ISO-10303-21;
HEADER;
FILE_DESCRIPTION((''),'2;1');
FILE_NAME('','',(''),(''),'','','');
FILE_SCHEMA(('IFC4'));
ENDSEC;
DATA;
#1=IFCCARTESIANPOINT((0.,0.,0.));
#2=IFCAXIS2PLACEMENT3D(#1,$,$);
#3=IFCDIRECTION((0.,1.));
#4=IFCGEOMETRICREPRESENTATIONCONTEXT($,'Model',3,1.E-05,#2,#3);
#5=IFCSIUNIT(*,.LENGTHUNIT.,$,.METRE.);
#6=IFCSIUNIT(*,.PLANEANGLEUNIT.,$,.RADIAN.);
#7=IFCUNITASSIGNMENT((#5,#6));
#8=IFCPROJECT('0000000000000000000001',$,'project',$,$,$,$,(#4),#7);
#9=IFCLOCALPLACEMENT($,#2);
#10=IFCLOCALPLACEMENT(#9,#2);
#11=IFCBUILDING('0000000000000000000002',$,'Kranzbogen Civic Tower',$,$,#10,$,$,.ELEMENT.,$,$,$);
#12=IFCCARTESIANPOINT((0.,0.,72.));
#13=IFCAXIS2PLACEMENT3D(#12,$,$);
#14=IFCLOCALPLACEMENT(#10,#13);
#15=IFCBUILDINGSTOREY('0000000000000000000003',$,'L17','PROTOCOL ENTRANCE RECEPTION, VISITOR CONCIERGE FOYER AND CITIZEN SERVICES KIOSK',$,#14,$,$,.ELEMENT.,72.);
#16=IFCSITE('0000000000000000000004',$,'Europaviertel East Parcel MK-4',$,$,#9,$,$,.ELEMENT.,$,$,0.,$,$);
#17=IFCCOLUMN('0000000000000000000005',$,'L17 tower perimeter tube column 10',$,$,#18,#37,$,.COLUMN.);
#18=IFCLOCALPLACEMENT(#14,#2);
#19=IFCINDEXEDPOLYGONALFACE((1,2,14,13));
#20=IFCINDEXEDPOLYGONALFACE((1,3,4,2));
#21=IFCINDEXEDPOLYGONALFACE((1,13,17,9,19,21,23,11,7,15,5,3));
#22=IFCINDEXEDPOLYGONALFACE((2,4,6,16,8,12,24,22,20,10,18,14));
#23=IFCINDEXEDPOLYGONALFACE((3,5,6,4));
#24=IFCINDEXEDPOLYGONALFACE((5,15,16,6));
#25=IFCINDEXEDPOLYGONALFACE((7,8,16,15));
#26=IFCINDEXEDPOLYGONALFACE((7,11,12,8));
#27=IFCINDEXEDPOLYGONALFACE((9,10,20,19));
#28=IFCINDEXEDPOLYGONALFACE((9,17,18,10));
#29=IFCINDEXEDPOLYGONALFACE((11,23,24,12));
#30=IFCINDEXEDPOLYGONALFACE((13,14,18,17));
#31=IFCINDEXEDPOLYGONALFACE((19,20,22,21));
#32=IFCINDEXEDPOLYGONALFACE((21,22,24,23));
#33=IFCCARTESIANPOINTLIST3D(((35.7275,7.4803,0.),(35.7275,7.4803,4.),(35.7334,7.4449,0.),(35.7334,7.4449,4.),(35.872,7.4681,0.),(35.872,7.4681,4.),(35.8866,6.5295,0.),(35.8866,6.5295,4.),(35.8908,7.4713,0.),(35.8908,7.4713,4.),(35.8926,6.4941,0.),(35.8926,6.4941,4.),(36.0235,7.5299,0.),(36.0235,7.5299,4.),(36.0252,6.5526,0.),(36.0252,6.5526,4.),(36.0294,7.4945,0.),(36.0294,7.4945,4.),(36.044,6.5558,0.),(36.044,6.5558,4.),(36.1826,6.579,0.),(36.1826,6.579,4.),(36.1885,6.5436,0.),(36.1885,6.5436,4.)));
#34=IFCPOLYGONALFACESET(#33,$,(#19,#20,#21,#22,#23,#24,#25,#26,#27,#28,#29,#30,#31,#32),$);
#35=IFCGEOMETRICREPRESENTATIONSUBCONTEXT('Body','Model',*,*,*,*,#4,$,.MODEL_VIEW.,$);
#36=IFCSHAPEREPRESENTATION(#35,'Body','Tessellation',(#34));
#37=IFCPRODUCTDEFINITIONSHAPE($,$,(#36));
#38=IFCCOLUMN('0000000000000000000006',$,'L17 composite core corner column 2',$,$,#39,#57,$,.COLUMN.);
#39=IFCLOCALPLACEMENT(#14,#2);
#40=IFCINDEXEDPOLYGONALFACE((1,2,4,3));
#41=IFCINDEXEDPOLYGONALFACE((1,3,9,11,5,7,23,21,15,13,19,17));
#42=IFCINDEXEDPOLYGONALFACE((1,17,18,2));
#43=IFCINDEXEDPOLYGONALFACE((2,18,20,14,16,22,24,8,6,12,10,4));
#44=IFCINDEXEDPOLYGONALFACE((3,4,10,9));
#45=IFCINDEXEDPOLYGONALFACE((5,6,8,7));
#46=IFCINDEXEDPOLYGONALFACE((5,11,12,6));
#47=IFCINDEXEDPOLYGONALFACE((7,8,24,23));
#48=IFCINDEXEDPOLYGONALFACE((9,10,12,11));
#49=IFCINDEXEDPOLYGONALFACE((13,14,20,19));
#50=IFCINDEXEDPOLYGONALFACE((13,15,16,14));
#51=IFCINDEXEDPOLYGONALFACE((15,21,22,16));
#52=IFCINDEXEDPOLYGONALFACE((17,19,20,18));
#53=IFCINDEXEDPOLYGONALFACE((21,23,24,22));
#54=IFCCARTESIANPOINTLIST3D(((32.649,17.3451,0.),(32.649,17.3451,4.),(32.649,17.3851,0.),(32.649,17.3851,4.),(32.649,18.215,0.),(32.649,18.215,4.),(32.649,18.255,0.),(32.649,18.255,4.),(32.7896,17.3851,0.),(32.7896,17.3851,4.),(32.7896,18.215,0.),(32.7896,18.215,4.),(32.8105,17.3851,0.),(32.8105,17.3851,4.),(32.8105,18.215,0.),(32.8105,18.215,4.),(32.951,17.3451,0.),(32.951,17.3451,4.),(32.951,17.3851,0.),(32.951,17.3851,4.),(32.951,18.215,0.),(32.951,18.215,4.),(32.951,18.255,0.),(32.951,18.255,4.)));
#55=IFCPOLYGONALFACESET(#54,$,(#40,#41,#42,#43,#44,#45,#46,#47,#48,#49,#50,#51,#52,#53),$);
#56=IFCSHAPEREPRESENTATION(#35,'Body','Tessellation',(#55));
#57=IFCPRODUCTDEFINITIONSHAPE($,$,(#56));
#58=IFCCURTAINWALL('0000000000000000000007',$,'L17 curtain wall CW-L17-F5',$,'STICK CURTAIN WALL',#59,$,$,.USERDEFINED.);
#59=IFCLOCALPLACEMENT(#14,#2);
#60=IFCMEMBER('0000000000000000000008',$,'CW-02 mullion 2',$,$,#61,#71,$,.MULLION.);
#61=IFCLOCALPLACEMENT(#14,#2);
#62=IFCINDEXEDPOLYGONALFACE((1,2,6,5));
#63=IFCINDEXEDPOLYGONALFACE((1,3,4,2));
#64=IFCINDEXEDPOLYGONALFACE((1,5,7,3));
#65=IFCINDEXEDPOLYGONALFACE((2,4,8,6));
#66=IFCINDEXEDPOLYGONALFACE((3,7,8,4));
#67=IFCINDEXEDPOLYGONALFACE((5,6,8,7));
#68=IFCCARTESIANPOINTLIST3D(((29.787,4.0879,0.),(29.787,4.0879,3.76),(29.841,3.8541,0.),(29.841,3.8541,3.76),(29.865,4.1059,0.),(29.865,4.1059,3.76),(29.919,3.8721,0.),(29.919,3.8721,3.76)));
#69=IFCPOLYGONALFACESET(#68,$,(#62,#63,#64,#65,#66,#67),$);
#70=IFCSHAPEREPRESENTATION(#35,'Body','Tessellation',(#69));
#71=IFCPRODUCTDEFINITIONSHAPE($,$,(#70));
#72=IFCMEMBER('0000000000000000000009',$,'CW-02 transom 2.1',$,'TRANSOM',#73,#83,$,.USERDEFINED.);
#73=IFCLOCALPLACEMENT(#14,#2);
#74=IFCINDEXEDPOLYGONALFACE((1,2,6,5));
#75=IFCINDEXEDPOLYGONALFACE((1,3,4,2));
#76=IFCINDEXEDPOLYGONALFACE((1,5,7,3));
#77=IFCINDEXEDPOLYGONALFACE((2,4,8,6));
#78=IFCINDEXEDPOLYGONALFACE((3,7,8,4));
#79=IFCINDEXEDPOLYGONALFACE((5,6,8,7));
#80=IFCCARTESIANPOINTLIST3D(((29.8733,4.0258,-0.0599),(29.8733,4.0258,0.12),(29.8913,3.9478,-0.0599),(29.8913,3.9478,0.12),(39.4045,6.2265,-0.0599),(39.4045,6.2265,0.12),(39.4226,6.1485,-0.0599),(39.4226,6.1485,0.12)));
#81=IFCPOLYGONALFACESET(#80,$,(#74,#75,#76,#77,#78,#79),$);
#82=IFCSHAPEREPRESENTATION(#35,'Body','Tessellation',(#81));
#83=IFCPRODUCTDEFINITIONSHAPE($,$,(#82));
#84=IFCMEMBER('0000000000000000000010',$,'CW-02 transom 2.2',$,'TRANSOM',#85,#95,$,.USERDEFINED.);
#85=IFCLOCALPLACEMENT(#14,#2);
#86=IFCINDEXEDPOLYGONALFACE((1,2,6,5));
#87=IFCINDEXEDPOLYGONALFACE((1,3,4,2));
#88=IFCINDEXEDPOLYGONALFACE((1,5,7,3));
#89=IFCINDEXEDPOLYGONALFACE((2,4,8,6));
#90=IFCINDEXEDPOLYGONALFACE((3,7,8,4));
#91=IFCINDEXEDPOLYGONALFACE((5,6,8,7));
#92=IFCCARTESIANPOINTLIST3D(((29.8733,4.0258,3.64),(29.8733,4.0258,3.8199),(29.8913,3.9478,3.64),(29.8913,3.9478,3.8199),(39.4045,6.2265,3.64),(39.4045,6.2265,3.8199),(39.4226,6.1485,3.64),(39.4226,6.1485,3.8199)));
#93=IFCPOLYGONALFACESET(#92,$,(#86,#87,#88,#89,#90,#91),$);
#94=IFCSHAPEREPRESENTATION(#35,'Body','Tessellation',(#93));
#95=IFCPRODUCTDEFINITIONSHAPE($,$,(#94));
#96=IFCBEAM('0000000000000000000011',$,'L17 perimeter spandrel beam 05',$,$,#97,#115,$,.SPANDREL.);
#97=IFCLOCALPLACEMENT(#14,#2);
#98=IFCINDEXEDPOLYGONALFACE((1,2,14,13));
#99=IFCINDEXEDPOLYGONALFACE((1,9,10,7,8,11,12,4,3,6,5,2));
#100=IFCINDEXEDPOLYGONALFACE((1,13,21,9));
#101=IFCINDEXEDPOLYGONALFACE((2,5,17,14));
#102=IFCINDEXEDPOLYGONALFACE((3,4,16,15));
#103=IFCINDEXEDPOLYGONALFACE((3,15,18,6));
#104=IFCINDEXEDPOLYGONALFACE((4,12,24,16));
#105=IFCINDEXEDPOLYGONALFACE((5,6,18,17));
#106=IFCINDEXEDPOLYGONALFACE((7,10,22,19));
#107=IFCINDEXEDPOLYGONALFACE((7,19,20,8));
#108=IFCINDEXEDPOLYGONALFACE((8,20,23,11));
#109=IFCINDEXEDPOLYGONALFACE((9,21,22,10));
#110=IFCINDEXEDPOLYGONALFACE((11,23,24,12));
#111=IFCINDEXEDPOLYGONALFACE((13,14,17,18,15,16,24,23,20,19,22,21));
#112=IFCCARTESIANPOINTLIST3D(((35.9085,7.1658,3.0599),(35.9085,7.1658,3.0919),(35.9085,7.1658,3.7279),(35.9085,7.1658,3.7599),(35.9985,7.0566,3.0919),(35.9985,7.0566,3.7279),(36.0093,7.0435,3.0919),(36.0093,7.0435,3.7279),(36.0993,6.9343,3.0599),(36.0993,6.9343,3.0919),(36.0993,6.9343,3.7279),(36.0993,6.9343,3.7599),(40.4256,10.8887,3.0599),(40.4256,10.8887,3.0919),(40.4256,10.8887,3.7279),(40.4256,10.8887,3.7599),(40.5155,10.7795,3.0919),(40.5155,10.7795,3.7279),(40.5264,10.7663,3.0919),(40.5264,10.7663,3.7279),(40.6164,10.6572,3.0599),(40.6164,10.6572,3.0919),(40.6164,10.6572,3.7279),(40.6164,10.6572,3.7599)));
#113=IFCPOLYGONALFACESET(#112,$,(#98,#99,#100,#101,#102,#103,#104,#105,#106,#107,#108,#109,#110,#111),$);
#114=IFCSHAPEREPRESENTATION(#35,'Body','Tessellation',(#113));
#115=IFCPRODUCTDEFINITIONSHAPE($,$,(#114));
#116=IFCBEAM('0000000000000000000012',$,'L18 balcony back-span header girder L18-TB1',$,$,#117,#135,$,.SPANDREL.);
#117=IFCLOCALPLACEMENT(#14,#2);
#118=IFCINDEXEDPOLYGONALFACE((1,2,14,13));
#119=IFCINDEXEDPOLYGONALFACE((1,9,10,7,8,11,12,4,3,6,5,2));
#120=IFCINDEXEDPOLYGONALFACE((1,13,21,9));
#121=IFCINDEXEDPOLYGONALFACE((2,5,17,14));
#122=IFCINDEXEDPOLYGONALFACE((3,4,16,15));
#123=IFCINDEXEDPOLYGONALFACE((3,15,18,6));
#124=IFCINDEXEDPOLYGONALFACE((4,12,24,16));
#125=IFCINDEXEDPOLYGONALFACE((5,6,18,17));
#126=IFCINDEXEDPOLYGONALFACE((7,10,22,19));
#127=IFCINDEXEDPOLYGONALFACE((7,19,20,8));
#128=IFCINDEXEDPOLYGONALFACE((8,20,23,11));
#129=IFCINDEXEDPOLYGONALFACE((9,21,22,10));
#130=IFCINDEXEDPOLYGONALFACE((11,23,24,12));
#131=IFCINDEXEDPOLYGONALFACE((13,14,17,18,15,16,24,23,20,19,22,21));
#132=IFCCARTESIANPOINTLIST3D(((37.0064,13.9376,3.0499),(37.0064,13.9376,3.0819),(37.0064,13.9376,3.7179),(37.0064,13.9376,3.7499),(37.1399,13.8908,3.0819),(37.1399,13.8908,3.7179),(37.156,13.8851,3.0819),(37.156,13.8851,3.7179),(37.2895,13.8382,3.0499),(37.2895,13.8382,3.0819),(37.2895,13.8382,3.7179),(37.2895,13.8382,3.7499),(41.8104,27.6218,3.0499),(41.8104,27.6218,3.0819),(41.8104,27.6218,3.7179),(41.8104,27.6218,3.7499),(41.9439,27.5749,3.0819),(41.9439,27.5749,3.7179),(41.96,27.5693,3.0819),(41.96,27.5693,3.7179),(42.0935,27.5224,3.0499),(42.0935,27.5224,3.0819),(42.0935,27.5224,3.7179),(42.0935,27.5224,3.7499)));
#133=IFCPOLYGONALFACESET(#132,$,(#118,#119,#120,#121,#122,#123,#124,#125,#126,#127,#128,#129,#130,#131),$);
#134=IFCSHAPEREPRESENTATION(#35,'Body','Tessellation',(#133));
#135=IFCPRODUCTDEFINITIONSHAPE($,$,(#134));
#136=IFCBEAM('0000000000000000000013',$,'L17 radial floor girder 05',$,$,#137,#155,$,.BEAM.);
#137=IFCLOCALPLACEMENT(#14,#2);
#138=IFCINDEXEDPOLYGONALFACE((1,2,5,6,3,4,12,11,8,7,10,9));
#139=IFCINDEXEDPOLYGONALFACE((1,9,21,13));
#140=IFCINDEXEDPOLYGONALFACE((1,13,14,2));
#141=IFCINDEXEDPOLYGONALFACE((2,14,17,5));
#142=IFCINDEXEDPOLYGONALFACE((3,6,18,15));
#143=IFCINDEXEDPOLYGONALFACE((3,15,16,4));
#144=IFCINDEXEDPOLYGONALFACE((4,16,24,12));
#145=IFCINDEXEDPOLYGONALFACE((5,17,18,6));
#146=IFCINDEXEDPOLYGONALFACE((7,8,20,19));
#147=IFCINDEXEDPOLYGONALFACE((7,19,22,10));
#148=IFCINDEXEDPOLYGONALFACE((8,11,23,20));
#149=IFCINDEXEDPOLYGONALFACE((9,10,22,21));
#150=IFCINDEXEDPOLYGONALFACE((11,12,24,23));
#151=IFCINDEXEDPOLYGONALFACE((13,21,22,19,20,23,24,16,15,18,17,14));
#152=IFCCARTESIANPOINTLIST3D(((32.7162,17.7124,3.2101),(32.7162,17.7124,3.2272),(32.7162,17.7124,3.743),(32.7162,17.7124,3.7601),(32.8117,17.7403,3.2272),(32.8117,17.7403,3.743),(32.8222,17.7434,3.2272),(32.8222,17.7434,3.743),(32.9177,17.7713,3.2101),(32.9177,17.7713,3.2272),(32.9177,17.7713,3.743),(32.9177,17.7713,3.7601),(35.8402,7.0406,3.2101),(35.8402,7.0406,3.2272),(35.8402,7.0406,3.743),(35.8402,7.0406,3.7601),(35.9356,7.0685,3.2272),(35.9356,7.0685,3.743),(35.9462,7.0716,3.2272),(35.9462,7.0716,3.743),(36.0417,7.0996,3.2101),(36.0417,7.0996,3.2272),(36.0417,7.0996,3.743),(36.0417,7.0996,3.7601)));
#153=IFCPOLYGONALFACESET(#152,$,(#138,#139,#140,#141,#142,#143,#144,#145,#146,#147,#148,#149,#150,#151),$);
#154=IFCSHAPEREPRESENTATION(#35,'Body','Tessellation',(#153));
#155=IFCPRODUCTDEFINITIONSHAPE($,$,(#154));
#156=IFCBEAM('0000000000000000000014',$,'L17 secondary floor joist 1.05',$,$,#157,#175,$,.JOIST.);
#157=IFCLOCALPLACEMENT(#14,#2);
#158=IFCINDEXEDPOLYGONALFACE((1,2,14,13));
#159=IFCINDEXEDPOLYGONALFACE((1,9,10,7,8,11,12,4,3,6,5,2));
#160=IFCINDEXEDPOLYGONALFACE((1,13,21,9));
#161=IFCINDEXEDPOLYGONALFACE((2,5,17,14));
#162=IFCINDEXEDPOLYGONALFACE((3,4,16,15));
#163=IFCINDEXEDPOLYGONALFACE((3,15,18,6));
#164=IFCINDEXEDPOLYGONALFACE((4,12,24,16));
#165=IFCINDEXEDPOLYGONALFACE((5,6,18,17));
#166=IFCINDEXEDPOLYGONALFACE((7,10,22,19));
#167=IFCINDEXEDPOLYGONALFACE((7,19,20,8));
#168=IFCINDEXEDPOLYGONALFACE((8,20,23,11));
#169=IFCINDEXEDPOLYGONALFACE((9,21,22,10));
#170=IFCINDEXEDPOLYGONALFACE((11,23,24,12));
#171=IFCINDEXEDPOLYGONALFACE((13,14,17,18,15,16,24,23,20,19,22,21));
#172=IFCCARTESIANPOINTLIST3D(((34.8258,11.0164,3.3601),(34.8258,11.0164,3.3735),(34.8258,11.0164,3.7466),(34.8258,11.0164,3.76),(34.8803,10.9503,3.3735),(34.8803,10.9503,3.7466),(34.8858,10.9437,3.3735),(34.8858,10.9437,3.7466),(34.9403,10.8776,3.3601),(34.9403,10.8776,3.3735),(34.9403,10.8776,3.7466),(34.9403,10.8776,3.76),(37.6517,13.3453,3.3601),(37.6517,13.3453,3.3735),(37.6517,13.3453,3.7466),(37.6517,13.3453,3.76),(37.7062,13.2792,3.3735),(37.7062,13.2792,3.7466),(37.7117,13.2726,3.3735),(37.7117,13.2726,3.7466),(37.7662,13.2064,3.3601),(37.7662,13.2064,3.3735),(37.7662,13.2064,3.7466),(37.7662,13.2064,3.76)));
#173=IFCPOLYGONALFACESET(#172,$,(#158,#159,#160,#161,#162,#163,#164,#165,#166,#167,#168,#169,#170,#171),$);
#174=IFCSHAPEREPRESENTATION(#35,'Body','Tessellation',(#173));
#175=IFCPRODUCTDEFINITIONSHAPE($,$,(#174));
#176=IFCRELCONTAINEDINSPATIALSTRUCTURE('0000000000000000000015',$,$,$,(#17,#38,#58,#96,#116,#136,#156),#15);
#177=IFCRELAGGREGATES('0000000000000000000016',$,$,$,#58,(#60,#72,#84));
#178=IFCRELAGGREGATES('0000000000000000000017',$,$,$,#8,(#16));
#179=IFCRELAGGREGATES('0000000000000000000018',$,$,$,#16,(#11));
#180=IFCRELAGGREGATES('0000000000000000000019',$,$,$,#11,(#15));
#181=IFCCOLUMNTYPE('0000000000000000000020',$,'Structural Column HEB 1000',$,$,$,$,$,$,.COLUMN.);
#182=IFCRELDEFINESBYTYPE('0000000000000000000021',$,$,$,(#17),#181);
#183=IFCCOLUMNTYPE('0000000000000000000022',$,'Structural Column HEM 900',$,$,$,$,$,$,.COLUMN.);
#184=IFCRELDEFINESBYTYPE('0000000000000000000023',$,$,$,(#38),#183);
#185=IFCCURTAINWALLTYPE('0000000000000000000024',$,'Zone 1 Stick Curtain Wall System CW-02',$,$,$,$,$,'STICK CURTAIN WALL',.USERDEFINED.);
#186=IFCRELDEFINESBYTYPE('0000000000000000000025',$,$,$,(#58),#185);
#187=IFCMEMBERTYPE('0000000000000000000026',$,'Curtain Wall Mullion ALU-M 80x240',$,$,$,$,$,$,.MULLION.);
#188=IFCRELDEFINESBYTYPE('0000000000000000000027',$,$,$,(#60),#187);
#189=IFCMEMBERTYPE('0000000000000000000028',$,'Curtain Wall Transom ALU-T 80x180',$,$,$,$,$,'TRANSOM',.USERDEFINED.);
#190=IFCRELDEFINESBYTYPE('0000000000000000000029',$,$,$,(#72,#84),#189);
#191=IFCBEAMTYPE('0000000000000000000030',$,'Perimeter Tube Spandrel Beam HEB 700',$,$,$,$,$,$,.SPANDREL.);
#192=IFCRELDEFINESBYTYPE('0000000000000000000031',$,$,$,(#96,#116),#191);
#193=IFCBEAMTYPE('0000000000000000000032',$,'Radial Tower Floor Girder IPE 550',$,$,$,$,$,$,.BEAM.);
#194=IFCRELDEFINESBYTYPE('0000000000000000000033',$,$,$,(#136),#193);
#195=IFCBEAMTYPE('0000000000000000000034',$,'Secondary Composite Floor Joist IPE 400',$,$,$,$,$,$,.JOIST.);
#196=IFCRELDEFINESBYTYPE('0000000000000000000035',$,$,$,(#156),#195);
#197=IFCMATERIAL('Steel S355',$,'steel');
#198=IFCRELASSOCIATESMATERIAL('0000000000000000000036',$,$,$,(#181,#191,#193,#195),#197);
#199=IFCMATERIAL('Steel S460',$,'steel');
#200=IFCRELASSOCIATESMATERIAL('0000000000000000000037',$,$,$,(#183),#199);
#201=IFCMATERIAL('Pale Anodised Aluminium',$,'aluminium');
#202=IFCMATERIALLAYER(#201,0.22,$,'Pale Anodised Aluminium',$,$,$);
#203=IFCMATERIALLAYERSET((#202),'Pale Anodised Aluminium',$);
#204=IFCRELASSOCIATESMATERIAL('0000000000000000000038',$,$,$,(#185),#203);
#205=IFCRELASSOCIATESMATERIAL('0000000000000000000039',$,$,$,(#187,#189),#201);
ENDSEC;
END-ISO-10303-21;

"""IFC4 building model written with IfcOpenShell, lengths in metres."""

from ifc_helpers import new_model, si_unit, direction, frame, origin, origin_2d, place, context, subcontext, project, spatial, rectangle, i_section, extrude, material, layer, layer_set, material_profile, profile_set, type_object, element, aggregate, save


model = new_model("IFC4")

# Units and contexts
model_context = context("Model", 3, precision=1e-05, world=origin(), true_north=direction((0.0, 1.0)))
body_context = subcontext(model_context, "Body", "Model", "MODEL_VIEW")
ifc_project = project(units=[si_unit("LENGTHUNIT", "METRE"), si_unit("PLANEANGLEUNIT", "RADIAN")], contexts=[model_context])

# Site, building, storey
site_placement = place(None, origin())
site = spatial("IfcSite", under=ifc_project, at=site_placement, Name="Europaviertel East Parcel MK-4", CompositionType="ELEMENT", RefElevation=0.0)
building_placement = place(site_placement, origin())
building = spatial("IfcBuilding", under=site, at=building_placement, Name="Kranzbogen Civic Tower", CompositionType="ELEMENT")
storey_placement = place(building_placement, frame((0.0, 0.0, 72.0)))
storey = spatial("IfcBuildingStorey", under=building, at=storey_placement, Name="L17", Description="PROTOCOL ENTRANCE RECEPTION, VISITOR CONCIERGE FOYER AND CITIZEN SERVICES KIOSK", CompositionType="ELEMENT", Elevation=72.0)

# Columns
ifc_material_1 = material(Name="Steel S355", Category="steel")
ifc_material_profile_1 = material_profile(ifc_material_1, i_section(OverallWidth=0.3, OverallDepth=1.0, WebThickness=0.019, FlangeThickness=0.0359, at=origin_2d()), Name="HEB 1000")
ifc_profile_set_1 = profile_set([ifc_material_profile_1], Name="Steel S355")
column_type_1 = type_object("IfcColumnType", Name="Structural Column HEB 1000", PredefinedType="COLUMN", material=ifc_profile_set_1)
column_1_placement = place(storey_placement, frame((35.958, 7.012, 0.0), z_axis=(0.0, 0.0, 1.0), x_axis=(0.986286, 0.165048, 0.0)))
element("IfcColumn", 1, at=column_1_placement, inside=storey, type_object=column_type_1, Name="L17 tower perimeter tube column 10", PredefinedType="COLUMN", context=body_context, shape_type="SweptSolid", body=[
    extrude(i_section(OverallWidth=0.3, OverallDepth=1.0, WebThickness=0.019, FlangeThickness=0.0359, at=origin_2d()), origin(), (0.0, 0.0, 1.0), 4.0),
])
ifc_material_2 = material(Name="Steel S460", Category="steel")
ifc_material_profile_2 = material_profile(ifc_material_2, i_section(OverallWidth=0.302, OverallDepth=0.9099, WebThickness=0.021, FlangeThickness=0.04, at=origin_2d()), Name="HEM 900")
ifc_profile_set_2 = profile_set([ifc_material_profile_2], Name="Steel S460")
column_type_2 = type_object("IfcColumnType", Name="Structural Column HEM 900", PredefinedType="COLUMN", material=ifc_profile_set_2)
column_2_placement = place(storey_placement, frame((32.8, 17.8, 0.0), z_axis=(0.0, 0.0, 1.0), x_axis=(1.0, 0.0, 0.0)))
element("IfcColumn", 2, at=column_2_placement, inside=storey, type_object=column_type_2, Name="L17 composite core corner column 2", PredefinedType="COLUMN", context=body_context, shape_type="SweptSolid", body=[
    extrude(i_section(OverallWidth=0.302, OverallDepth=0.9099, WebThickness=0.021, FlangeThickness=0.04, at=origin_2d()), origin(), (0.0, 0.0, 1.0), 4.0),
])

# Curtain wall, members
ifc_material_3 = material(Name="Pale Anodised Aluminium", Category="aluminium")
ifc_layer_1 = layer(ifc_material_3, 0.22, Name="Pale Anodised Aluminium")
ifc_layer_set_1 = layer_set([ifc_layer_1], Name="Pale Anodised Aluminium")
curtain_wall_type = type_object("IfcCurtainWallType", Name="Zone 1 Stick Curtain Wall System CW-02", ElementType="STICK CURTAIN WALL", PredefinedType="USERDEFINED", material=ifc_layer_set_1)
curtain_wall_placement = place(storey_placement, origin())
curtain_wall = element("IfcCurtainWall", 3, at=curtain_wall_placement, inside=storey, type_object=curtain_wall_type, Name="L17 curtain wall CW-L17-F5", ObjectType="STICK CURTAIN WALL", PredefinedType="USERDEFINED")
ifc_material_profile_3 = material_profile(ifc_material_3, rectangle(XDim=0.0801, YDim=0.24, at=origin_2d()), Name="ALU-M 80x240")
ifc_profile_set_3 = profile_set([ifc_material_profile_3], Name="Pale Anodised Aluminium")
member_type_1 = type_object("IfcMemberType", Name="Curtain Wall Mullion ALU-M 80x240", PredefinedType="MULLION", material=ifc_profile_set_3)
member_1_placement = place(storey_placement, frame((29.853, 3.98, 0.0), z_axis=(0.0, 0.0, 1.0), x_axis=(0.974364, 0.224978, 0.0)))
member_1 = element("IfcMember", 4, at=member_1_placement, type_object=member_type_1, Name="CW-02 mullion 2", PredefinedType="MULLION", context=body_context, shape_type="SweptSolid", body=[
    extrude(rectangle(XDim=0.0801, YDim=0.24, at=origin_2d()), origin(), (0.0, 0.0, 1.0), 3.76),
])
ifc_material_profile_4 = material_profile(ifc_material_3, rectangle(XDim=0.0801, YDim=0.1799, at=origin_2d()), Name="ALU-T 80x180")
ifc_profile_set_4 = profile_set([ifc_material_profile_4], Name="Pale Anodised Aluminium")
member_type_2 = type_object("IfcMemberType", Name="Curtain Wall Transom ALU-T 80x180", ElementType="TRANSOM", PredefinedType="USERDEFINED", material=ifc_profile_set_4)
member_2_placement = place(storey_placement, frame((29.8823, 3.9868, 0.03), z_axis=(0.974365, 0.224973, 0.0), x_axis=(-0.224973, 0.974365, 0.0)))
member_2 = element("IfcMember", 5, at=member_2_placement, type_object=member_type_2, Name="CW-02 transom 2.1", ObjectType="TRANSOM", PredefinedType="USERDEFINED", context=body_context, shape_type="SweptSolid", body=[
    extrude(rectangle(XDim=0.0801, YDim=0.1799, at=origin_2d()), origin(), (0.0, 0.0, 1.0), 9.782),
])
member_3_placement = place(storey_placement, frame((29.8823, 3.9868, 3.73), z_axis=(0.974365, 0.224973, 0.0), x_axis=(-0.224973, 0.974365, 0.0)))
member_3 = element("IfcMember", 6, at=member_3_placement, type_object=member_type_2, Name="CW-02 transom 2.2", ObjectType="TRANSOM", PredefinedType="USERDEFINED", context=body_context, shape_type="SweptSolid", body=[
    extrude(rectangle(XDim=0.0801, YDim=0.1799, at=origin_2d()), origin(), (0.0, 0.0, 1.0), 9.782),
])

# Beams
ifc_material_profile_5 = material_profile(ifc_material_1, i_section(OverallWidth=0.3, OverallDepth=0.7, WebThickness=0.0171, FlangeThickness=0.032, at=origin_2d()), Name="HEB 700")
ifc_profile_set_5 = profile_set([ifc_material_profile_5], Name="Steel S355")
beam_type_1 = type_object("IfcBeamType", Name="Perimeter Tube Spandrel Beam HEB 700", PredefinedType="SPANDREL", material=ifc_profile_set_5)
beam_1_placement = place(storey_placement, frame((36.0039, 7.05, 3.4099), z_axis=(0.771683, 0.636007, 0.0), x_axis=(-0.636007, 0.771683, 0.0)))
element("IfcBeam", 7, at=beam_1_placement, inside=storey, type_object=beam_type_1, Name="L17 perimeter spandrel beam 05", PredefinedType="SPANDREL", context=body_context, shape_type="SweptSolid", body=[
    extrude(i_section(OverallWidth=0.3, OverallDepth=0.7, WebThickness=0.0171, FlangeThickness=0.032, at=origin_2d()), origin(), (0.0, 0.0, 1.0), 5.8535),
])
beam_2_placement = place(storey_placement, frame((37.1479, 13.8879, 3.3999), z_axis=(0.331243, 0.943546, 0.0), x_axis=(-0.943546, 0.331243, 0.0)))
element("IfcBeam", 8, at=beam_2_placement, inside=storey, type_object=beam_type_1, Name="L18 balcony back-span header girder L18-TB1", PredefinedType="SPANDREL", context=body_context, shape_type="SweptSolid", body=[
    extrude(i_section(OverallWidth=0.3, OverallDepth=0.7, WebThickness=0.0171, FlangeThickness=0.032, at=origin_2d()), origin(), (0.0, 0.0, 1.0), 14.5029),
])
ifc_material_profile_6 = material_profile(ifc_material_1, i_section(OverallWidth=0.21, OverallDepth=0.55, WebThickness=0.011, FlangeThickness=0.0171, at=origin_2d()), Name="IPE 550")
ifc_profile_set_6 = profile_set([ifc_material_profile_6], Name="Steel S355")
beam_type_2 = type_object("IfcBeamType", Name="Radial Tower Floor Girder IPE 550", PredefinedType="BEAM", material=ifc_profile_set_6)
beam_3_placement = place(storey_placement, frame((35.9409, 7.0701, 3.4851), z_axis=(-0.280944, 0.959724, 0.0), x_axis=(-0.959724, -0.280944, 0.0)))
element("IfcBeam", 9, at=beam_3_placement, inside=storey, type_object=beam_type_2, Name="L17 radial floor girder 05", PredefinedType="BEAM", context=body_context, shape_type="SweptSolid", body=[
    extrude(i_section(OverallWidth=0.21, OverallDepth=0.55, WebThickness=0.011, FlangeThickness=0.0171, at=origin_2d()), origin(), (0.0, 0.0, 1.0), 11.1196),
])
ifc_material_profile_7 = material_profile(ifc_material_1, i_section(OverallWidth=0.1799, OverallDepth=0.3999, WebThickness=0.0085, FlangeThickness=0.0134, at=origin_2d()), Name="IPE 400")
ifc_profile_set_7 = profile_set([ifc_material_profile_7], Name="Steel S355")
beam_type_3 = type_object("IfcBeamType", Name="Secondary Composite Floor Joist IPE 400", PredefinedType="JOIST", material=ifc_profile_set_7)
beam_4_placement = place(storey_placement, frame((34.8831, 10.947, 3.5601), z_axis=(0.771713, 0.635971, 0.0), x_axis=(-0.635971, 0.771713, 0.0)))
element("IfcBeam", 10, at=beam_4_placement, inside=storey, type_object=beam_type_3, Name="L17 secondary floor joist 1.05", PredefinedType="JOIST", context=body_context, shape_type="SweptSolid", body=[
    extrude(i_section(OverallWidth=0.1799, OverallDepth=0.3999, WebThickness=0.0085, FlangeThickness=0.0134, at=origin_2d()), origin(), (0.0, 0.0, 1.0), 3.6619),
])

aggregate(curtain_wall, [member_1, member_2, member_3])

save(model, "model.ifc")
